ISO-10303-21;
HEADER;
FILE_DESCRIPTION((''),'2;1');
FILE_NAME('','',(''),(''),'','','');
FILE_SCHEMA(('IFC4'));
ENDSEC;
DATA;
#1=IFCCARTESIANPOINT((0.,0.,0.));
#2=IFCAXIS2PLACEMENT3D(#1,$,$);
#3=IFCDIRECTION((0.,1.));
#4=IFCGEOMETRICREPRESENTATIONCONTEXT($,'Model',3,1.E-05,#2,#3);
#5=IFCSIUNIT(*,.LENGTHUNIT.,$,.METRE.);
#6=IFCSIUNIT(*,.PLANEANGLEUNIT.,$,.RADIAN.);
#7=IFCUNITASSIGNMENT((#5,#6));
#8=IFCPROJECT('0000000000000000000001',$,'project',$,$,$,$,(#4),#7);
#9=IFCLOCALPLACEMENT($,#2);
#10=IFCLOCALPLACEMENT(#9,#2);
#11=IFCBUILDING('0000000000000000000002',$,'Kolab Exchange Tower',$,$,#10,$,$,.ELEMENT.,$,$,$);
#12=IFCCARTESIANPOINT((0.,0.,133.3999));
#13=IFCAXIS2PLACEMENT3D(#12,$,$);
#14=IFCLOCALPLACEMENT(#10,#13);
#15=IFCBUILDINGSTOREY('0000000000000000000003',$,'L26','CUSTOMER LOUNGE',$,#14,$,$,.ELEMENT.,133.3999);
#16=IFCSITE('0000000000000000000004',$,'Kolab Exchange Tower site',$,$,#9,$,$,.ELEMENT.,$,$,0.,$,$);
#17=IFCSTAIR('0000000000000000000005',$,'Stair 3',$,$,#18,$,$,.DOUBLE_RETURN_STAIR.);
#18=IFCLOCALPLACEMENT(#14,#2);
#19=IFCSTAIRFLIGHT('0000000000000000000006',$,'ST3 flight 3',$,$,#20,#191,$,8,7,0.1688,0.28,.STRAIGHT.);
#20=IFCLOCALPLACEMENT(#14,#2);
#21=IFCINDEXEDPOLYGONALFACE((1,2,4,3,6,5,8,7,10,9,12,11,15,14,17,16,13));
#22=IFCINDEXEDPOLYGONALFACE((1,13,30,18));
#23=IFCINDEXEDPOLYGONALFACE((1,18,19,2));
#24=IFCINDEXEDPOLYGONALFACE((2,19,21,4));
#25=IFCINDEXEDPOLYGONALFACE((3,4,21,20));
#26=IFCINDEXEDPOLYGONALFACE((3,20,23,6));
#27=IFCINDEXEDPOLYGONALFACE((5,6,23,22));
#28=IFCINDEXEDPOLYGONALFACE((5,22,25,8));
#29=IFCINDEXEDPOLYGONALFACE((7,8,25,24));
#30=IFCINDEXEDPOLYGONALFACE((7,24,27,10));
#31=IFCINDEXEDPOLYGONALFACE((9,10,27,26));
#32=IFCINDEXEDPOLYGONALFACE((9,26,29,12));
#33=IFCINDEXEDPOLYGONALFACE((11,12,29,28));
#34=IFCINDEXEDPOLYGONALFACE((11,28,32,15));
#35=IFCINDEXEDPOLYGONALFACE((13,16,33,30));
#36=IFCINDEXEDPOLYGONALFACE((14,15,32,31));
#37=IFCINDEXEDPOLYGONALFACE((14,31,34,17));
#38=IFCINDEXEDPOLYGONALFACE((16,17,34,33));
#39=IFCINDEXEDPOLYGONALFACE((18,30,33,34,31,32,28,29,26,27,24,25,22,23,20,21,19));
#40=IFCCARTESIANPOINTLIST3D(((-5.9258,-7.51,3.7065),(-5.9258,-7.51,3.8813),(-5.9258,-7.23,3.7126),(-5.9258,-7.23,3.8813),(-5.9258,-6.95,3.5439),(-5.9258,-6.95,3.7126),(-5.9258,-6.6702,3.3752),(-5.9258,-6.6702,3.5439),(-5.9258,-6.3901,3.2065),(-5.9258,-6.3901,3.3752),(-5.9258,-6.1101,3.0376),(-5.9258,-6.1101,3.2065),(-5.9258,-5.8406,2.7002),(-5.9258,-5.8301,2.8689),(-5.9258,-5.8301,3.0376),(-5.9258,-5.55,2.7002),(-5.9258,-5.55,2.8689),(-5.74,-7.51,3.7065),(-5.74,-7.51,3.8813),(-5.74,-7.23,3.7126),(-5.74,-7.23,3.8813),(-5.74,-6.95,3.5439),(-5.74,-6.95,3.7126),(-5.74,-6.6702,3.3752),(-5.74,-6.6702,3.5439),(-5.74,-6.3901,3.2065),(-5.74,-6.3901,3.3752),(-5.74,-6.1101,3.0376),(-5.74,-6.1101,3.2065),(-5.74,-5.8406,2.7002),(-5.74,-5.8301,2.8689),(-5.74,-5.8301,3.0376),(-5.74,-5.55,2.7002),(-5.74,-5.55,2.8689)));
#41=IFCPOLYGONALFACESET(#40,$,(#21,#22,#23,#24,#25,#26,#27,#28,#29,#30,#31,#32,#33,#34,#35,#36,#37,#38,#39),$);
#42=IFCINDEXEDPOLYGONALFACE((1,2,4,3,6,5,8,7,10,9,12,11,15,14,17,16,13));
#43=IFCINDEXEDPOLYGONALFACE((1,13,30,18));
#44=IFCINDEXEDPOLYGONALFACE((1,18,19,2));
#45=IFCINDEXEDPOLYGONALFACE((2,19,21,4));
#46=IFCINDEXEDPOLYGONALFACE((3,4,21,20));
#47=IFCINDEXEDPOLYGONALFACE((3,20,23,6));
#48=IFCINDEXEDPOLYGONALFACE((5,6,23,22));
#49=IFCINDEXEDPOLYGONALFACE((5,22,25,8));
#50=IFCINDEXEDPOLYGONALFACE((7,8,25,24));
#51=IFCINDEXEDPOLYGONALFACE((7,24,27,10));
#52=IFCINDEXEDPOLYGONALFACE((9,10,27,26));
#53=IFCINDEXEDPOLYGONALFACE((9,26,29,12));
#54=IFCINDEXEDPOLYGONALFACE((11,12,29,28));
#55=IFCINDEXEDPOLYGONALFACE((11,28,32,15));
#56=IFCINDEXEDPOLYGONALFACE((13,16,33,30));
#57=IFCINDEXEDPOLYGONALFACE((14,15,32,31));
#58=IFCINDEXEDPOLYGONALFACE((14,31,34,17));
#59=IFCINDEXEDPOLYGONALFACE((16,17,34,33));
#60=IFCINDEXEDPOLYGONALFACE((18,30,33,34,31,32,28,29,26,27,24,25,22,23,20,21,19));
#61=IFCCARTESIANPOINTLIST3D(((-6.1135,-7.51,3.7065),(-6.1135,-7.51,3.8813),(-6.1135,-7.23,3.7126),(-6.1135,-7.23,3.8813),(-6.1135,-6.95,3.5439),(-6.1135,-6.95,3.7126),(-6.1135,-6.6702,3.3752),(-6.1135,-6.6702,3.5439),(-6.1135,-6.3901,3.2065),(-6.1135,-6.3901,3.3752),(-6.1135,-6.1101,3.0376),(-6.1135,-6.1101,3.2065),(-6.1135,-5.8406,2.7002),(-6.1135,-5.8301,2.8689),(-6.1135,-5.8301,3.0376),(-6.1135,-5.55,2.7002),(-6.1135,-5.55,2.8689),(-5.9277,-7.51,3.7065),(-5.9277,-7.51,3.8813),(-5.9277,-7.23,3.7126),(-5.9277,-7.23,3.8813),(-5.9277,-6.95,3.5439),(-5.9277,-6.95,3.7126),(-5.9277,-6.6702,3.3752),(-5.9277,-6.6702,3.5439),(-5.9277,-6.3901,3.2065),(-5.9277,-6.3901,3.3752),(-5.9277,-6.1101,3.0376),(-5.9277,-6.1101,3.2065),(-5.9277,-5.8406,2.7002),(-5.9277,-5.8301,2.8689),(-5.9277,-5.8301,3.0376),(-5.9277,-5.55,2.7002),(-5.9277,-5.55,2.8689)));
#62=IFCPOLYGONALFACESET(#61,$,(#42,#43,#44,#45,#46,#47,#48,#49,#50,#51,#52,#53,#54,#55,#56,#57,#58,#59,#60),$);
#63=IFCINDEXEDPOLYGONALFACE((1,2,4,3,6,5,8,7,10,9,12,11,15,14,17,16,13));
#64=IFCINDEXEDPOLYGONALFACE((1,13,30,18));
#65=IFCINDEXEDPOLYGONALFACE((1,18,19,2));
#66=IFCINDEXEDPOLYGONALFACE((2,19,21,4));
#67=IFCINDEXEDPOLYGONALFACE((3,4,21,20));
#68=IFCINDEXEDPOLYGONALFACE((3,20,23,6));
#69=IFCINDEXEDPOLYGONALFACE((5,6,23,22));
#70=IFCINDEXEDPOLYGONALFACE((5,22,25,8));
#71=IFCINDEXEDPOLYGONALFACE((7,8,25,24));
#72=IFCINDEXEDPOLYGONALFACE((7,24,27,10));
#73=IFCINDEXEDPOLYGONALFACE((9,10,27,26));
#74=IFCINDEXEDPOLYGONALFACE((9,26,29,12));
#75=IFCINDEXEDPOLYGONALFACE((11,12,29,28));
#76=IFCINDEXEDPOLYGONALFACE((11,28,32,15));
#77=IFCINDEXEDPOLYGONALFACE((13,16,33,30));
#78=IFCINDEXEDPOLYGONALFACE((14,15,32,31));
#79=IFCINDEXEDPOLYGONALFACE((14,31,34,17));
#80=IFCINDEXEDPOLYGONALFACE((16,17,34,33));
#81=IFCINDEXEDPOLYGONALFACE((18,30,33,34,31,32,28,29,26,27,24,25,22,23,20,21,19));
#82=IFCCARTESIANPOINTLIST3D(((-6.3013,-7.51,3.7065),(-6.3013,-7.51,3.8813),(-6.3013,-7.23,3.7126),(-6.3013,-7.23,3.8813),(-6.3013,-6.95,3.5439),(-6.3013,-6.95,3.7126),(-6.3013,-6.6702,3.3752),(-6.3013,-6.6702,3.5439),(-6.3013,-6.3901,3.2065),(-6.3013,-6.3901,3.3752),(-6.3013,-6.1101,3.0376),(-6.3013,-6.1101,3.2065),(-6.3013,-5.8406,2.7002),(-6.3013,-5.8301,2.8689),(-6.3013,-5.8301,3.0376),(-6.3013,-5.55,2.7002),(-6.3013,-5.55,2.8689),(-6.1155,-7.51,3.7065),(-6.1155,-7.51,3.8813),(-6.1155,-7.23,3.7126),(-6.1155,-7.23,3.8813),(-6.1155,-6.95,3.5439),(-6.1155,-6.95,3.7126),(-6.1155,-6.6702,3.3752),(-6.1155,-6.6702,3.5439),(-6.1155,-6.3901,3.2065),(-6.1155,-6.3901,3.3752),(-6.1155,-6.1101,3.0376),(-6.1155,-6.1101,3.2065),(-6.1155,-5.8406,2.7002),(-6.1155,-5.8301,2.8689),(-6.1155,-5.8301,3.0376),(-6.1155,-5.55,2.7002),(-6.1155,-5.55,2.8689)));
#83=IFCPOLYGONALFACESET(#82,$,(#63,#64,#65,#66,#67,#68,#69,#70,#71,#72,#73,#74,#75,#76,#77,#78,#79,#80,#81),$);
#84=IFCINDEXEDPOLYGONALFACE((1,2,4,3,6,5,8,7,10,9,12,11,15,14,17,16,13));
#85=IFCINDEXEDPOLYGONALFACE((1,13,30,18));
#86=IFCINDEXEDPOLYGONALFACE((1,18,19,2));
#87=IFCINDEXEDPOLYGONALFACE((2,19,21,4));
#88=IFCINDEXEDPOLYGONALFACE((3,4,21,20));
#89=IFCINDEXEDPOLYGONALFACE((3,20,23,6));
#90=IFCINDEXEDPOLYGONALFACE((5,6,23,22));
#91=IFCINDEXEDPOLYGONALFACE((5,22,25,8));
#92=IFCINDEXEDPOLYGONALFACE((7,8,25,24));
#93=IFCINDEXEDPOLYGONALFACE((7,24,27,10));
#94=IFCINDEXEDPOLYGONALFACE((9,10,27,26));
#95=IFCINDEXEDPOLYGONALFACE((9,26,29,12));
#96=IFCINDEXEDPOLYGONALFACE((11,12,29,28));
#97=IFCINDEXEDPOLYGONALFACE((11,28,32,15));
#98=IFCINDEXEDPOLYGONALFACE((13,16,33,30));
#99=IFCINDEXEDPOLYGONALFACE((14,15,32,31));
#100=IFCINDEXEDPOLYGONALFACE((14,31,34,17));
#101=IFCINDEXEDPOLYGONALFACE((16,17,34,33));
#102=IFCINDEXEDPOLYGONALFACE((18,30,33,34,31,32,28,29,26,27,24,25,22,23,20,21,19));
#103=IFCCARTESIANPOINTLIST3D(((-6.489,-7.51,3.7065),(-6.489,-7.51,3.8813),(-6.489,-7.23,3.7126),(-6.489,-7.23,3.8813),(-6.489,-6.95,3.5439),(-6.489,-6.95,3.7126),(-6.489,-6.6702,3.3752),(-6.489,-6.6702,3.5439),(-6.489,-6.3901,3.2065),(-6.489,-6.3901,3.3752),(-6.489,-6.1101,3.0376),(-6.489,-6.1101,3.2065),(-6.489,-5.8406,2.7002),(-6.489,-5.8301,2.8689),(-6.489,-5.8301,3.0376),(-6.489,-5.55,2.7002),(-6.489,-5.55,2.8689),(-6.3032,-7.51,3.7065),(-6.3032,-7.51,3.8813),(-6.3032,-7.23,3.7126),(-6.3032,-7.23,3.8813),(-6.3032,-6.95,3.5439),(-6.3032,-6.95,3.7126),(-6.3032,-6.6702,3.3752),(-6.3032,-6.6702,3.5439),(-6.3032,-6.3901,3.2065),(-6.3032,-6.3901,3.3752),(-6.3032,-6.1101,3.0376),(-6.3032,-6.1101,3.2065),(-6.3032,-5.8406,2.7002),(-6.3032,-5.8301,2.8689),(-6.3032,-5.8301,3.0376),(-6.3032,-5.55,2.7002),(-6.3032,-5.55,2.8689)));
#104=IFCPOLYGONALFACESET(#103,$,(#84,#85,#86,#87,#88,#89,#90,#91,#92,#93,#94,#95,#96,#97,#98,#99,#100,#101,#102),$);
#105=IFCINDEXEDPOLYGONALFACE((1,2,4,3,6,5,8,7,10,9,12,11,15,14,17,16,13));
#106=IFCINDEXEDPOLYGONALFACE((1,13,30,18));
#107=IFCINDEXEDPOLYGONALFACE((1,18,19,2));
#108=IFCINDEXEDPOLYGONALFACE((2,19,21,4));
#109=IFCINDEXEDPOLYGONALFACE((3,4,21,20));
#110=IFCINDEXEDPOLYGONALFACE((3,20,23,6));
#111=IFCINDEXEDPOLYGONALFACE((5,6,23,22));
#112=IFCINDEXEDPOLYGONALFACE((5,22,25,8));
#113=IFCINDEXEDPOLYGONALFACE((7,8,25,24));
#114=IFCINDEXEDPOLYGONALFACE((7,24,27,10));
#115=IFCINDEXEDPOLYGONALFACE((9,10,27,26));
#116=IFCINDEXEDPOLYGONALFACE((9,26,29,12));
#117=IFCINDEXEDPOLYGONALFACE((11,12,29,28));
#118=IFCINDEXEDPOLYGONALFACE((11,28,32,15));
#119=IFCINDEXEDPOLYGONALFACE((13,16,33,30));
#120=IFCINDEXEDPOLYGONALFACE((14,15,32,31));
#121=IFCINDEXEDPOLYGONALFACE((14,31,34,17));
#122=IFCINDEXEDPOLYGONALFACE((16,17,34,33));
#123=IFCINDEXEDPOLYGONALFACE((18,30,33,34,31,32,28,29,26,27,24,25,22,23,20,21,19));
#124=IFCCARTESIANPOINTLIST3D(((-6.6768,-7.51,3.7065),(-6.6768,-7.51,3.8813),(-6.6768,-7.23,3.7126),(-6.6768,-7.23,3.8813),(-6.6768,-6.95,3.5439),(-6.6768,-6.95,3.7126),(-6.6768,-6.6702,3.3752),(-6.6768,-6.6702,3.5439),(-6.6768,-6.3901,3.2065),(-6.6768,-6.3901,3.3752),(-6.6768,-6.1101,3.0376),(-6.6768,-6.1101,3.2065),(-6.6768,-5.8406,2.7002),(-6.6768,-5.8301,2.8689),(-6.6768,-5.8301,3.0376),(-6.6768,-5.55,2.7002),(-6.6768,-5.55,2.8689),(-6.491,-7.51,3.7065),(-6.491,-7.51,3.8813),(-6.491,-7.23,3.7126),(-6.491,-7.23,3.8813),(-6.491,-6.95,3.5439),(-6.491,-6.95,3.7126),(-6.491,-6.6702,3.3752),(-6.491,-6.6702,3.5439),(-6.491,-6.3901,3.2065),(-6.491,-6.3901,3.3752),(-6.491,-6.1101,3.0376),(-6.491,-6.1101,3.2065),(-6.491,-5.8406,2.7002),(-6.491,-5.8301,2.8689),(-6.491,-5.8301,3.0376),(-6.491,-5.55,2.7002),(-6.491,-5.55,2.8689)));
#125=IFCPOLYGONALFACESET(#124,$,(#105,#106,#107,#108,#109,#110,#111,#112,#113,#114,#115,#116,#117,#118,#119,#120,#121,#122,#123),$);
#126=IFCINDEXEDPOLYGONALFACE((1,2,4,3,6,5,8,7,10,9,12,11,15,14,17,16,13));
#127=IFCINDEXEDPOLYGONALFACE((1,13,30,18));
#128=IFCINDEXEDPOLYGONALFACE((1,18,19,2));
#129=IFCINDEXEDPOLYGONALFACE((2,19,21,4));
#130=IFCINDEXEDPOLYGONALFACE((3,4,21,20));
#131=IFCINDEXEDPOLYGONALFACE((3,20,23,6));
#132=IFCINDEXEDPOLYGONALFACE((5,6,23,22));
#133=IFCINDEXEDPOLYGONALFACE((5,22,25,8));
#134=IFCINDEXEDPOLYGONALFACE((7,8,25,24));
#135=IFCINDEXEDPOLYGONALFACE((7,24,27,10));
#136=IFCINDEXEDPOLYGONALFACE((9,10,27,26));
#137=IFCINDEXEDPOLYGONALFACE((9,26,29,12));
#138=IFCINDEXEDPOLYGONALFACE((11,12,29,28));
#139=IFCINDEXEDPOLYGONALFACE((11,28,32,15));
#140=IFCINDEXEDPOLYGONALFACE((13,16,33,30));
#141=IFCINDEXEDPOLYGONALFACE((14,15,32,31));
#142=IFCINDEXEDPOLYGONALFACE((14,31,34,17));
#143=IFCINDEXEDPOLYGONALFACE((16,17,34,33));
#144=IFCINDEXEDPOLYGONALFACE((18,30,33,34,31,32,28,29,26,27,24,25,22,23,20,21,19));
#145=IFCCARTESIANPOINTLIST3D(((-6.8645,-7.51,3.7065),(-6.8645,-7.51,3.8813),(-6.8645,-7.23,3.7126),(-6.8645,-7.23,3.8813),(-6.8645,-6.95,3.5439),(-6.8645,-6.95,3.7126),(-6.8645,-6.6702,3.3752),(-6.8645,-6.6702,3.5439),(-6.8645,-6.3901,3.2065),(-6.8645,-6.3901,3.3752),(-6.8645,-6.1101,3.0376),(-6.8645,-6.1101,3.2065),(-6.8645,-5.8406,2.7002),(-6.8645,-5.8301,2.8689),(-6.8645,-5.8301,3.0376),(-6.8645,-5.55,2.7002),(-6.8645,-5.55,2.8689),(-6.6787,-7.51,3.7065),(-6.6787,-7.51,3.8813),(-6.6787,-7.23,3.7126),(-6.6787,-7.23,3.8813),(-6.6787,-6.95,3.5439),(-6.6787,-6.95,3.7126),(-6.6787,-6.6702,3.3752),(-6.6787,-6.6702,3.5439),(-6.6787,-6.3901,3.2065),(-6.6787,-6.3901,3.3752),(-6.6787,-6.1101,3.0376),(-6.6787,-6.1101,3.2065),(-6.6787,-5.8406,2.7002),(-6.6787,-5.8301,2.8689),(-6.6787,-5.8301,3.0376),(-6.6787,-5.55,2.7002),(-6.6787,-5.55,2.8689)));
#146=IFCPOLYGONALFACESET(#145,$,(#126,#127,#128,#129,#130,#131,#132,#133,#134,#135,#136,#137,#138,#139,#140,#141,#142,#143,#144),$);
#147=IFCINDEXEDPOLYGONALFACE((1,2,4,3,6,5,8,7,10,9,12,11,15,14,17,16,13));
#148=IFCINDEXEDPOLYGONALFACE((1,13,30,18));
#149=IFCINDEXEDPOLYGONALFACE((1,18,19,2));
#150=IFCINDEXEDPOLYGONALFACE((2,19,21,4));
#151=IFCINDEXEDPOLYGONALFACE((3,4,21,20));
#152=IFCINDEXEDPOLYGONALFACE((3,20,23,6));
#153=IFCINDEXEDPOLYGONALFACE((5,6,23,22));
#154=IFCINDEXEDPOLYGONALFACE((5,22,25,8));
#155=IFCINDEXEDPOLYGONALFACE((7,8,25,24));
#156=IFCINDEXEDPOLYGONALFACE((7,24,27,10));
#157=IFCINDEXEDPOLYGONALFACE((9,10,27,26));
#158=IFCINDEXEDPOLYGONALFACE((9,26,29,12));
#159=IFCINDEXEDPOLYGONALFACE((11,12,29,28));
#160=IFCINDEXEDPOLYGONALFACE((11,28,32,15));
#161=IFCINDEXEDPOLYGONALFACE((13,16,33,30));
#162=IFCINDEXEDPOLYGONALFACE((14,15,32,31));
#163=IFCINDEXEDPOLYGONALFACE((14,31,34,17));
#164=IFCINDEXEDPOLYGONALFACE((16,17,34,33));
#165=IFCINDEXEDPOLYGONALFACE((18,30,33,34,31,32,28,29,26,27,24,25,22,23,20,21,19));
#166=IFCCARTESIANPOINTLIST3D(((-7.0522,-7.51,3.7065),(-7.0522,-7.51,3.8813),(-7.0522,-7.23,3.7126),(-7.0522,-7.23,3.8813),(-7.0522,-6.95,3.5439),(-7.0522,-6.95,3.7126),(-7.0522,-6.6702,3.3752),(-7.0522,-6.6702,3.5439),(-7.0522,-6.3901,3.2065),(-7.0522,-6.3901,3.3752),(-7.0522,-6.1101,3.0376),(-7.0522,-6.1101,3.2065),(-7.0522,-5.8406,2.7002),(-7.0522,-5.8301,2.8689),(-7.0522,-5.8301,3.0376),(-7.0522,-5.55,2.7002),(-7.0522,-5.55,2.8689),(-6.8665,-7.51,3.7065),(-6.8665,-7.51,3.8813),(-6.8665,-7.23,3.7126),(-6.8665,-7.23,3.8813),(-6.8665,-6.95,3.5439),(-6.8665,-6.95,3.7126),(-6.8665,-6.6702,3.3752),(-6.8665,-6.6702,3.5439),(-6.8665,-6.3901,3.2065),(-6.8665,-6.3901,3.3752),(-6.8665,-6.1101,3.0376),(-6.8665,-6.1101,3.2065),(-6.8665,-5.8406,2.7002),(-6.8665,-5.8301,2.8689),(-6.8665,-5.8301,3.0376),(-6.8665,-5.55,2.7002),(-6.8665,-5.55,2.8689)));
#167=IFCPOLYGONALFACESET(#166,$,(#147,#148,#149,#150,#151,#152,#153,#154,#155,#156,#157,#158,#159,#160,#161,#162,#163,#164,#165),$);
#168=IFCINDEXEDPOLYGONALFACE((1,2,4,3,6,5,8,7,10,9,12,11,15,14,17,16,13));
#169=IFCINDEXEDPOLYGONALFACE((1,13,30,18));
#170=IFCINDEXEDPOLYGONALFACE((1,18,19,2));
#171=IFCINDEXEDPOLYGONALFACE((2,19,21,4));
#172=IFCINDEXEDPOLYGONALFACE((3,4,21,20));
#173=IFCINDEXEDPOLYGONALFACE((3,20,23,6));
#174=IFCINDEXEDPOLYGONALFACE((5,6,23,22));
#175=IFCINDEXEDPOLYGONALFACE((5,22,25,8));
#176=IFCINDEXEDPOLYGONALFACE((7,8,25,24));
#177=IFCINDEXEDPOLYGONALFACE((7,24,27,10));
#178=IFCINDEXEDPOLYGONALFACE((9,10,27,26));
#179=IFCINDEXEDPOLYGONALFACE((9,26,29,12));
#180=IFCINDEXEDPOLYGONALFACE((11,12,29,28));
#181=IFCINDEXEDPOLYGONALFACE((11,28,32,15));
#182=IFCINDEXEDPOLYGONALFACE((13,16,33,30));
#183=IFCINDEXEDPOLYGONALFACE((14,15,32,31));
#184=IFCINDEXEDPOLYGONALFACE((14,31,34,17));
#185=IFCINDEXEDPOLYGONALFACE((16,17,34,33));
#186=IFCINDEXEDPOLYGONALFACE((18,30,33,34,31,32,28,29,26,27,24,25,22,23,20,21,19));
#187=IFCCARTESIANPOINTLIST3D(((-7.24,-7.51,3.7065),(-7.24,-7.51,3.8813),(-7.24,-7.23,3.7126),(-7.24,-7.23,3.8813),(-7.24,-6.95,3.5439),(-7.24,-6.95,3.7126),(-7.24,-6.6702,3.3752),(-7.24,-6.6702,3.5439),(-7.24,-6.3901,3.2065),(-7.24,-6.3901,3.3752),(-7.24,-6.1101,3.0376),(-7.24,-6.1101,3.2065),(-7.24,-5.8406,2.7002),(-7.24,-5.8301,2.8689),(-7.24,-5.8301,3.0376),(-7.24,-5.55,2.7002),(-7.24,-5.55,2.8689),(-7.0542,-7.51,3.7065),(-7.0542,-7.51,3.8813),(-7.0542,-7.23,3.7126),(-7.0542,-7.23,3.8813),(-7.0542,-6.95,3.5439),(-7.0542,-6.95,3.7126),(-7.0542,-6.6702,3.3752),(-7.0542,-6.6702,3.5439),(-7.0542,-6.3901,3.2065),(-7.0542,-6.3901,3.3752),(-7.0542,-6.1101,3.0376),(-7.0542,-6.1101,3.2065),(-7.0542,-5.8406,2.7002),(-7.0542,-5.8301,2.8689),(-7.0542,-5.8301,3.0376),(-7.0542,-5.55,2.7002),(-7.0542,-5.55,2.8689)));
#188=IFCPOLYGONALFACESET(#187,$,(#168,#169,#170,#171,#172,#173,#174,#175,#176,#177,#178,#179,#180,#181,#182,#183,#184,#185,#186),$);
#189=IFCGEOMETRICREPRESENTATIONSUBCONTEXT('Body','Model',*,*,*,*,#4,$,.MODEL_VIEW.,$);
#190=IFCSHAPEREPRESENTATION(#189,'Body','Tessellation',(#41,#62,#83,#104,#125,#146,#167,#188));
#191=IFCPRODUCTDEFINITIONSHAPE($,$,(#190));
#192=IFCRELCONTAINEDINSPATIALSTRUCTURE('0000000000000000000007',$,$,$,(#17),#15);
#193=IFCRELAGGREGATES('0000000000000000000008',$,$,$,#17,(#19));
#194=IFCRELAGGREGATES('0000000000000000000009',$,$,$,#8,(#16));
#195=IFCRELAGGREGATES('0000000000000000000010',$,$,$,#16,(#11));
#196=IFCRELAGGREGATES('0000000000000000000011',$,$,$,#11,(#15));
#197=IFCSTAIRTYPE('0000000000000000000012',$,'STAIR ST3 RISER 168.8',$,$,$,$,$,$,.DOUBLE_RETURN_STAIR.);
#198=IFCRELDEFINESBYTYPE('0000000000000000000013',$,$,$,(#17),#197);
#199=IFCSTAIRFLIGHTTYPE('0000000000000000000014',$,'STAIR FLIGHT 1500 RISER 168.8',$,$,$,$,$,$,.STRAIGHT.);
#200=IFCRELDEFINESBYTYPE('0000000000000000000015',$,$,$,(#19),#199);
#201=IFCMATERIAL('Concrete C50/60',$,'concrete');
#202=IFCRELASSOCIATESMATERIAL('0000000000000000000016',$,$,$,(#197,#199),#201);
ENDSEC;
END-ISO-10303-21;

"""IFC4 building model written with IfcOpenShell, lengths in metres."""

from ifc_helpers import new_model, si_unit, direction, frame, origin, place, context, subcontext, project, spatial, polyline, outline, extrude, material, type_object, element, aggregate, save


model = new_model("IFC4")

# Units and contexts
model_context = context("Model", 3, precision=1e-05, world=origin(), true_north=direction((0.0, 1.0)))
body_context = subcontext(model_context, "Body", "Model", "MODEL_VIEW")
ifc_project = project(units=[si_unit("LENGTHUNIT", "METRE"), si_unit("PLANEANGLEUNIT", "RADIAN")], contexts=[model_context])

# Site, building, storey
site_placement = place(None, origin())
site = spatial("IfcSite", under=ifc_project, at=site_placement, Name="Kolab Exchange Tower site", CompositionType="ELEMENT", RefElevation=0.0)
building_placement = place(site_placement, origin())
building = spatial("IfcBuilding", under=site, at=building_placement, Name="Kolab Exchange Tower", CompositionType="ELEMENT")
storey_placement = place(building_placement, frame((0.0, 0.0, 133.3999)))
storey = spatial("IfcBuildingStorey", under=building, at=storey_placement, Name="L26", Description="CUSTOMER LOUNGE", CompositionType="ELEMENT", Elevation=133.3999)

# Shared definitions
ifc_material_1 = material(Name="Concrete C50/60", Category="concrete")

# Stair, stair flight
stair_type = type_object("IfcStairType", Name="STAIR ST3 RISER 168.8", PredefinedType="DOUBLE_RETURN_STAIR", material=ifc_material_1)
stair_placement = place(storey_placement, origin())
stair = element("IfcStair", 1, at=stair_placement, inside=storey, type_object=stair_type, Name="Stair 3", PredefinedType="DOUBLE_RETURN_STAIR")
stair_flight_type = type_object("IfcStairFlightType", Name="STAIR FLIGHT 1500 RISER 168.8", PredefinedType="STRAIGHT", material=ifc_material_1)
stair_flight_1_placement = place(storey_placement, frame((-6.49, -5.55, 2.7002), z_axis=(0.0, 0.0, 1.0), x_axis=(0.0, -1.0, 0.0)))
stair_flight_1 = element("IfcStairFlight", 2, at=stair_flight_1_placement, type_object=stair_flight_type, Name="ST3 flight 3", NumberOfRisers=8, NumberOfTreads=7, PredefinedType="STRAIGHT", RiserHeight=0.1688, TreadLength=0.28, context=body_context, shape_type="SweptSolid", body=[
    extrude(outline(polyline([(0.0, 0.0), (0.0, 0.1687), (0.28, 0.1687), (0.28, 0.3374), (0.5601, 0.3374), (0.5601, 0.5063), (0.8401, 0.5063), (0.8401, 0.675), (1.1201, 0.675), (1.1201, 0.8438), (1.3999, 0.8438), (1.3999, 1.0125), (1.6799, 1.0125), (1.6799, 1.1812), (1.96, 1.1812), (1.96, 1.3501), (1.96, 1.0063), (0.2905, 0.0), (0.0, 0.0)])), frame((0.0, 0.75, 0.0), z_axis=(0.0, -1.0, 0.0), x_axis=(1.0, 0.0, 0.0)), (0.0, 0.0, 1.0), 0.1858),
    extrude(outline(polyline([(0.0, 0.0), (0.0, 0.1687), (0.28, 0.1687), (0.28, 0.3374), (0.5601, 0.3374), (0.5601, 0.5063), (0.8401, 0.5063), (0.8401, 0.675), (1.1201, 0.675), (1.1201, 0.8438), (1.3999, 0.8438), (1.3999, 1.0125), (1.6799, 1.0125), (1.6799, 1.1812), (1.96, 1.1812), (1.96, 1.3501), (1.96, 1.0063), (0.2905, 0.0), (0.0, 0.0)])), frame((0.0, 0.5623, 0.0), z_axis=(0.0, -1.0, 0.0), x_axis=(1.0, 0.0, 0.0)), (0.0, 0.0, 1.0), 0.1858),
    extrude(outline(polyline([(0.0, 0.0), (0.0, 0.1687), (0.28, 0.1687), (0.28, 0.3374), (0.5601, 0.3374), (0.5601, 0.5063), (0.8401, 0.5063), (0.8401, 0.675), (1.1201, 0.675), (1.1201, 0.8438), (1.3999, 0.8438), (1.3999, 1.0125), (1.6799, 1.0125), (1.6799, 1.1812), (1.96, 1.1812), (1.96, 1.3501), (1.96, 1.0063), (0.2905, 0.0), (0.0, 0.0)])), frame((0.0, 0.3745, 0.0), z_axis=(0.0, -1.0, 0.0), x_axis=(1.0, 0.0, 0.0)), (0.0, 0.0, 1.0), 0.1858),
    extrude(outline(polyline([(0.0, 0.0), (0.0, 0.1687), (0.28, 0.1687), (0.28, 0.3374), (0.5601, 0.3374), (0.5601, 0.5063), (0.8401, 0.5063), (0.8401, 0.675), (1.1201, 0.675), (1.1201, 0.8438), (1.3999, 0.8438), (1.3999, 1.0125), (1.6799, 1.0125), (1.6799, 1.1812), (1.96, 1.1812), (1.96, 1.3501), (1.96, 1.0063), (0.2905, 0.0), (0.0, 0.0)])), frame((0.0, 0.1868, 0.0), z_axis=(0.0, -1.0, 0.0), x_axis=(1.0, 0.0, 0.0)), (0.0, 0.0, 1.0), 0.1858),
    extrude(outline(polyline([(0.0, 0.0), (0.0, 0.1687), (0.28, 0.1687), (0.28, 0.3374), (0.5601, 0.3374), (0.5601, 0.5063), (0.8401, 0.5063), (0.8401, 0.675), (1.1201, 0.675), (1.1201, 0.8438), (1.3999, 0.8438), (1.3999, 1.0125), (1.6799, 1.0125), (1.6799, 1.1812), (1.96, 1.1812), (1.96, 1.3501), (1.96, 1.0063), (0.2905, 0.0), (0.0, 0.0)])), frame((0.0, -0.001, 0.0), z_axis=(0.0, -1.0, 0.0), x_axis=(1.0, 0.0, 0.0)), (0.0, 0.0, 1.0), 0.1858),
    extrude(outline(polyline([(0.0, 0.0), (0.0, 0.1687), (0.28, 0.1687), (0.28, 0.3374), (0.5601, 0.3374), (0.5601, 0.5063), (0.8401, 0.5063), (0.8401, 0.675), (1.1201, 0.675), (1.1201, 0.8438), (1.3999, 0.8438), (1.3999, 1.0125), (1.6799, 1.0125), (1.6799, 1.1812), (1.96, 1.1812), (1.96, 1.3501), (1.96, 1.0063), (0.2905, 0.0), (0.0, 0.0)])), frame((0.0, -0.1887, 0.0), z_axis=(0.0, -1.0, 0.0), x_axis=(1.0, 0.0, 0.0)), (0.0, 0.0, 1.0), 0.1858),
    extrude(outline(polyline([(0.0, 0.0), (0.0, 0.1687), (0.28, 0.1687), (0.28, 0.3374), (0.5601, 0.3374), (0.5601, 0.5063), (0.8401, 0.5063), (0.8401, 0.675), (1.1201, 0.675), (1.1201, 0.8438), (1.3999, 0.8438), (1.3999, 1.0125), (1.6799, 1.0125), (1.6799, 1.1812), (1.96, 1.1812), (1.96, 1.3501), (1.96, 1.0063), (0.2905, 0.0), (0.0, 0.0)])), frame((0.0, -0.3765, 0.0), z_axis=(0.0, -1.0, 0.0), x_axis=(1.0, 0.0, 0.0)), (0.0, 0.0, 1.0), 0.1858),
    extrude(outline(polyline([(0.0, 0.0), (0.0, 0.1687), (0.28, 0.1687), (0.28, 0.3374), (0.5601, 0.3374), (0.5601, 0.5063), (0.8401, 0.5063), (0.8401, 0.675), (1.1201, 0.675), (1.1201, 0.8438), (1.3999, 0.8438), (1.3999, 1.0125), (1.6799, 1.0125), (1.6799, 1.1812), (1.96, 1.1812), (1.96, 1.3501), (1.96, 1.0063), (0.2905, 0.0), (0.0, 0.0)])), frame((0.0, -0.5642, 0.0), z_axis=(0.0, -1.0, 0.0), x_axis=(1.0, 0.0, 0.0)), (0.0, 0.0, 1.0), 0.1858),
])
aggregate(stair, [stair_flight_1])

save(model, "model.ifc")
